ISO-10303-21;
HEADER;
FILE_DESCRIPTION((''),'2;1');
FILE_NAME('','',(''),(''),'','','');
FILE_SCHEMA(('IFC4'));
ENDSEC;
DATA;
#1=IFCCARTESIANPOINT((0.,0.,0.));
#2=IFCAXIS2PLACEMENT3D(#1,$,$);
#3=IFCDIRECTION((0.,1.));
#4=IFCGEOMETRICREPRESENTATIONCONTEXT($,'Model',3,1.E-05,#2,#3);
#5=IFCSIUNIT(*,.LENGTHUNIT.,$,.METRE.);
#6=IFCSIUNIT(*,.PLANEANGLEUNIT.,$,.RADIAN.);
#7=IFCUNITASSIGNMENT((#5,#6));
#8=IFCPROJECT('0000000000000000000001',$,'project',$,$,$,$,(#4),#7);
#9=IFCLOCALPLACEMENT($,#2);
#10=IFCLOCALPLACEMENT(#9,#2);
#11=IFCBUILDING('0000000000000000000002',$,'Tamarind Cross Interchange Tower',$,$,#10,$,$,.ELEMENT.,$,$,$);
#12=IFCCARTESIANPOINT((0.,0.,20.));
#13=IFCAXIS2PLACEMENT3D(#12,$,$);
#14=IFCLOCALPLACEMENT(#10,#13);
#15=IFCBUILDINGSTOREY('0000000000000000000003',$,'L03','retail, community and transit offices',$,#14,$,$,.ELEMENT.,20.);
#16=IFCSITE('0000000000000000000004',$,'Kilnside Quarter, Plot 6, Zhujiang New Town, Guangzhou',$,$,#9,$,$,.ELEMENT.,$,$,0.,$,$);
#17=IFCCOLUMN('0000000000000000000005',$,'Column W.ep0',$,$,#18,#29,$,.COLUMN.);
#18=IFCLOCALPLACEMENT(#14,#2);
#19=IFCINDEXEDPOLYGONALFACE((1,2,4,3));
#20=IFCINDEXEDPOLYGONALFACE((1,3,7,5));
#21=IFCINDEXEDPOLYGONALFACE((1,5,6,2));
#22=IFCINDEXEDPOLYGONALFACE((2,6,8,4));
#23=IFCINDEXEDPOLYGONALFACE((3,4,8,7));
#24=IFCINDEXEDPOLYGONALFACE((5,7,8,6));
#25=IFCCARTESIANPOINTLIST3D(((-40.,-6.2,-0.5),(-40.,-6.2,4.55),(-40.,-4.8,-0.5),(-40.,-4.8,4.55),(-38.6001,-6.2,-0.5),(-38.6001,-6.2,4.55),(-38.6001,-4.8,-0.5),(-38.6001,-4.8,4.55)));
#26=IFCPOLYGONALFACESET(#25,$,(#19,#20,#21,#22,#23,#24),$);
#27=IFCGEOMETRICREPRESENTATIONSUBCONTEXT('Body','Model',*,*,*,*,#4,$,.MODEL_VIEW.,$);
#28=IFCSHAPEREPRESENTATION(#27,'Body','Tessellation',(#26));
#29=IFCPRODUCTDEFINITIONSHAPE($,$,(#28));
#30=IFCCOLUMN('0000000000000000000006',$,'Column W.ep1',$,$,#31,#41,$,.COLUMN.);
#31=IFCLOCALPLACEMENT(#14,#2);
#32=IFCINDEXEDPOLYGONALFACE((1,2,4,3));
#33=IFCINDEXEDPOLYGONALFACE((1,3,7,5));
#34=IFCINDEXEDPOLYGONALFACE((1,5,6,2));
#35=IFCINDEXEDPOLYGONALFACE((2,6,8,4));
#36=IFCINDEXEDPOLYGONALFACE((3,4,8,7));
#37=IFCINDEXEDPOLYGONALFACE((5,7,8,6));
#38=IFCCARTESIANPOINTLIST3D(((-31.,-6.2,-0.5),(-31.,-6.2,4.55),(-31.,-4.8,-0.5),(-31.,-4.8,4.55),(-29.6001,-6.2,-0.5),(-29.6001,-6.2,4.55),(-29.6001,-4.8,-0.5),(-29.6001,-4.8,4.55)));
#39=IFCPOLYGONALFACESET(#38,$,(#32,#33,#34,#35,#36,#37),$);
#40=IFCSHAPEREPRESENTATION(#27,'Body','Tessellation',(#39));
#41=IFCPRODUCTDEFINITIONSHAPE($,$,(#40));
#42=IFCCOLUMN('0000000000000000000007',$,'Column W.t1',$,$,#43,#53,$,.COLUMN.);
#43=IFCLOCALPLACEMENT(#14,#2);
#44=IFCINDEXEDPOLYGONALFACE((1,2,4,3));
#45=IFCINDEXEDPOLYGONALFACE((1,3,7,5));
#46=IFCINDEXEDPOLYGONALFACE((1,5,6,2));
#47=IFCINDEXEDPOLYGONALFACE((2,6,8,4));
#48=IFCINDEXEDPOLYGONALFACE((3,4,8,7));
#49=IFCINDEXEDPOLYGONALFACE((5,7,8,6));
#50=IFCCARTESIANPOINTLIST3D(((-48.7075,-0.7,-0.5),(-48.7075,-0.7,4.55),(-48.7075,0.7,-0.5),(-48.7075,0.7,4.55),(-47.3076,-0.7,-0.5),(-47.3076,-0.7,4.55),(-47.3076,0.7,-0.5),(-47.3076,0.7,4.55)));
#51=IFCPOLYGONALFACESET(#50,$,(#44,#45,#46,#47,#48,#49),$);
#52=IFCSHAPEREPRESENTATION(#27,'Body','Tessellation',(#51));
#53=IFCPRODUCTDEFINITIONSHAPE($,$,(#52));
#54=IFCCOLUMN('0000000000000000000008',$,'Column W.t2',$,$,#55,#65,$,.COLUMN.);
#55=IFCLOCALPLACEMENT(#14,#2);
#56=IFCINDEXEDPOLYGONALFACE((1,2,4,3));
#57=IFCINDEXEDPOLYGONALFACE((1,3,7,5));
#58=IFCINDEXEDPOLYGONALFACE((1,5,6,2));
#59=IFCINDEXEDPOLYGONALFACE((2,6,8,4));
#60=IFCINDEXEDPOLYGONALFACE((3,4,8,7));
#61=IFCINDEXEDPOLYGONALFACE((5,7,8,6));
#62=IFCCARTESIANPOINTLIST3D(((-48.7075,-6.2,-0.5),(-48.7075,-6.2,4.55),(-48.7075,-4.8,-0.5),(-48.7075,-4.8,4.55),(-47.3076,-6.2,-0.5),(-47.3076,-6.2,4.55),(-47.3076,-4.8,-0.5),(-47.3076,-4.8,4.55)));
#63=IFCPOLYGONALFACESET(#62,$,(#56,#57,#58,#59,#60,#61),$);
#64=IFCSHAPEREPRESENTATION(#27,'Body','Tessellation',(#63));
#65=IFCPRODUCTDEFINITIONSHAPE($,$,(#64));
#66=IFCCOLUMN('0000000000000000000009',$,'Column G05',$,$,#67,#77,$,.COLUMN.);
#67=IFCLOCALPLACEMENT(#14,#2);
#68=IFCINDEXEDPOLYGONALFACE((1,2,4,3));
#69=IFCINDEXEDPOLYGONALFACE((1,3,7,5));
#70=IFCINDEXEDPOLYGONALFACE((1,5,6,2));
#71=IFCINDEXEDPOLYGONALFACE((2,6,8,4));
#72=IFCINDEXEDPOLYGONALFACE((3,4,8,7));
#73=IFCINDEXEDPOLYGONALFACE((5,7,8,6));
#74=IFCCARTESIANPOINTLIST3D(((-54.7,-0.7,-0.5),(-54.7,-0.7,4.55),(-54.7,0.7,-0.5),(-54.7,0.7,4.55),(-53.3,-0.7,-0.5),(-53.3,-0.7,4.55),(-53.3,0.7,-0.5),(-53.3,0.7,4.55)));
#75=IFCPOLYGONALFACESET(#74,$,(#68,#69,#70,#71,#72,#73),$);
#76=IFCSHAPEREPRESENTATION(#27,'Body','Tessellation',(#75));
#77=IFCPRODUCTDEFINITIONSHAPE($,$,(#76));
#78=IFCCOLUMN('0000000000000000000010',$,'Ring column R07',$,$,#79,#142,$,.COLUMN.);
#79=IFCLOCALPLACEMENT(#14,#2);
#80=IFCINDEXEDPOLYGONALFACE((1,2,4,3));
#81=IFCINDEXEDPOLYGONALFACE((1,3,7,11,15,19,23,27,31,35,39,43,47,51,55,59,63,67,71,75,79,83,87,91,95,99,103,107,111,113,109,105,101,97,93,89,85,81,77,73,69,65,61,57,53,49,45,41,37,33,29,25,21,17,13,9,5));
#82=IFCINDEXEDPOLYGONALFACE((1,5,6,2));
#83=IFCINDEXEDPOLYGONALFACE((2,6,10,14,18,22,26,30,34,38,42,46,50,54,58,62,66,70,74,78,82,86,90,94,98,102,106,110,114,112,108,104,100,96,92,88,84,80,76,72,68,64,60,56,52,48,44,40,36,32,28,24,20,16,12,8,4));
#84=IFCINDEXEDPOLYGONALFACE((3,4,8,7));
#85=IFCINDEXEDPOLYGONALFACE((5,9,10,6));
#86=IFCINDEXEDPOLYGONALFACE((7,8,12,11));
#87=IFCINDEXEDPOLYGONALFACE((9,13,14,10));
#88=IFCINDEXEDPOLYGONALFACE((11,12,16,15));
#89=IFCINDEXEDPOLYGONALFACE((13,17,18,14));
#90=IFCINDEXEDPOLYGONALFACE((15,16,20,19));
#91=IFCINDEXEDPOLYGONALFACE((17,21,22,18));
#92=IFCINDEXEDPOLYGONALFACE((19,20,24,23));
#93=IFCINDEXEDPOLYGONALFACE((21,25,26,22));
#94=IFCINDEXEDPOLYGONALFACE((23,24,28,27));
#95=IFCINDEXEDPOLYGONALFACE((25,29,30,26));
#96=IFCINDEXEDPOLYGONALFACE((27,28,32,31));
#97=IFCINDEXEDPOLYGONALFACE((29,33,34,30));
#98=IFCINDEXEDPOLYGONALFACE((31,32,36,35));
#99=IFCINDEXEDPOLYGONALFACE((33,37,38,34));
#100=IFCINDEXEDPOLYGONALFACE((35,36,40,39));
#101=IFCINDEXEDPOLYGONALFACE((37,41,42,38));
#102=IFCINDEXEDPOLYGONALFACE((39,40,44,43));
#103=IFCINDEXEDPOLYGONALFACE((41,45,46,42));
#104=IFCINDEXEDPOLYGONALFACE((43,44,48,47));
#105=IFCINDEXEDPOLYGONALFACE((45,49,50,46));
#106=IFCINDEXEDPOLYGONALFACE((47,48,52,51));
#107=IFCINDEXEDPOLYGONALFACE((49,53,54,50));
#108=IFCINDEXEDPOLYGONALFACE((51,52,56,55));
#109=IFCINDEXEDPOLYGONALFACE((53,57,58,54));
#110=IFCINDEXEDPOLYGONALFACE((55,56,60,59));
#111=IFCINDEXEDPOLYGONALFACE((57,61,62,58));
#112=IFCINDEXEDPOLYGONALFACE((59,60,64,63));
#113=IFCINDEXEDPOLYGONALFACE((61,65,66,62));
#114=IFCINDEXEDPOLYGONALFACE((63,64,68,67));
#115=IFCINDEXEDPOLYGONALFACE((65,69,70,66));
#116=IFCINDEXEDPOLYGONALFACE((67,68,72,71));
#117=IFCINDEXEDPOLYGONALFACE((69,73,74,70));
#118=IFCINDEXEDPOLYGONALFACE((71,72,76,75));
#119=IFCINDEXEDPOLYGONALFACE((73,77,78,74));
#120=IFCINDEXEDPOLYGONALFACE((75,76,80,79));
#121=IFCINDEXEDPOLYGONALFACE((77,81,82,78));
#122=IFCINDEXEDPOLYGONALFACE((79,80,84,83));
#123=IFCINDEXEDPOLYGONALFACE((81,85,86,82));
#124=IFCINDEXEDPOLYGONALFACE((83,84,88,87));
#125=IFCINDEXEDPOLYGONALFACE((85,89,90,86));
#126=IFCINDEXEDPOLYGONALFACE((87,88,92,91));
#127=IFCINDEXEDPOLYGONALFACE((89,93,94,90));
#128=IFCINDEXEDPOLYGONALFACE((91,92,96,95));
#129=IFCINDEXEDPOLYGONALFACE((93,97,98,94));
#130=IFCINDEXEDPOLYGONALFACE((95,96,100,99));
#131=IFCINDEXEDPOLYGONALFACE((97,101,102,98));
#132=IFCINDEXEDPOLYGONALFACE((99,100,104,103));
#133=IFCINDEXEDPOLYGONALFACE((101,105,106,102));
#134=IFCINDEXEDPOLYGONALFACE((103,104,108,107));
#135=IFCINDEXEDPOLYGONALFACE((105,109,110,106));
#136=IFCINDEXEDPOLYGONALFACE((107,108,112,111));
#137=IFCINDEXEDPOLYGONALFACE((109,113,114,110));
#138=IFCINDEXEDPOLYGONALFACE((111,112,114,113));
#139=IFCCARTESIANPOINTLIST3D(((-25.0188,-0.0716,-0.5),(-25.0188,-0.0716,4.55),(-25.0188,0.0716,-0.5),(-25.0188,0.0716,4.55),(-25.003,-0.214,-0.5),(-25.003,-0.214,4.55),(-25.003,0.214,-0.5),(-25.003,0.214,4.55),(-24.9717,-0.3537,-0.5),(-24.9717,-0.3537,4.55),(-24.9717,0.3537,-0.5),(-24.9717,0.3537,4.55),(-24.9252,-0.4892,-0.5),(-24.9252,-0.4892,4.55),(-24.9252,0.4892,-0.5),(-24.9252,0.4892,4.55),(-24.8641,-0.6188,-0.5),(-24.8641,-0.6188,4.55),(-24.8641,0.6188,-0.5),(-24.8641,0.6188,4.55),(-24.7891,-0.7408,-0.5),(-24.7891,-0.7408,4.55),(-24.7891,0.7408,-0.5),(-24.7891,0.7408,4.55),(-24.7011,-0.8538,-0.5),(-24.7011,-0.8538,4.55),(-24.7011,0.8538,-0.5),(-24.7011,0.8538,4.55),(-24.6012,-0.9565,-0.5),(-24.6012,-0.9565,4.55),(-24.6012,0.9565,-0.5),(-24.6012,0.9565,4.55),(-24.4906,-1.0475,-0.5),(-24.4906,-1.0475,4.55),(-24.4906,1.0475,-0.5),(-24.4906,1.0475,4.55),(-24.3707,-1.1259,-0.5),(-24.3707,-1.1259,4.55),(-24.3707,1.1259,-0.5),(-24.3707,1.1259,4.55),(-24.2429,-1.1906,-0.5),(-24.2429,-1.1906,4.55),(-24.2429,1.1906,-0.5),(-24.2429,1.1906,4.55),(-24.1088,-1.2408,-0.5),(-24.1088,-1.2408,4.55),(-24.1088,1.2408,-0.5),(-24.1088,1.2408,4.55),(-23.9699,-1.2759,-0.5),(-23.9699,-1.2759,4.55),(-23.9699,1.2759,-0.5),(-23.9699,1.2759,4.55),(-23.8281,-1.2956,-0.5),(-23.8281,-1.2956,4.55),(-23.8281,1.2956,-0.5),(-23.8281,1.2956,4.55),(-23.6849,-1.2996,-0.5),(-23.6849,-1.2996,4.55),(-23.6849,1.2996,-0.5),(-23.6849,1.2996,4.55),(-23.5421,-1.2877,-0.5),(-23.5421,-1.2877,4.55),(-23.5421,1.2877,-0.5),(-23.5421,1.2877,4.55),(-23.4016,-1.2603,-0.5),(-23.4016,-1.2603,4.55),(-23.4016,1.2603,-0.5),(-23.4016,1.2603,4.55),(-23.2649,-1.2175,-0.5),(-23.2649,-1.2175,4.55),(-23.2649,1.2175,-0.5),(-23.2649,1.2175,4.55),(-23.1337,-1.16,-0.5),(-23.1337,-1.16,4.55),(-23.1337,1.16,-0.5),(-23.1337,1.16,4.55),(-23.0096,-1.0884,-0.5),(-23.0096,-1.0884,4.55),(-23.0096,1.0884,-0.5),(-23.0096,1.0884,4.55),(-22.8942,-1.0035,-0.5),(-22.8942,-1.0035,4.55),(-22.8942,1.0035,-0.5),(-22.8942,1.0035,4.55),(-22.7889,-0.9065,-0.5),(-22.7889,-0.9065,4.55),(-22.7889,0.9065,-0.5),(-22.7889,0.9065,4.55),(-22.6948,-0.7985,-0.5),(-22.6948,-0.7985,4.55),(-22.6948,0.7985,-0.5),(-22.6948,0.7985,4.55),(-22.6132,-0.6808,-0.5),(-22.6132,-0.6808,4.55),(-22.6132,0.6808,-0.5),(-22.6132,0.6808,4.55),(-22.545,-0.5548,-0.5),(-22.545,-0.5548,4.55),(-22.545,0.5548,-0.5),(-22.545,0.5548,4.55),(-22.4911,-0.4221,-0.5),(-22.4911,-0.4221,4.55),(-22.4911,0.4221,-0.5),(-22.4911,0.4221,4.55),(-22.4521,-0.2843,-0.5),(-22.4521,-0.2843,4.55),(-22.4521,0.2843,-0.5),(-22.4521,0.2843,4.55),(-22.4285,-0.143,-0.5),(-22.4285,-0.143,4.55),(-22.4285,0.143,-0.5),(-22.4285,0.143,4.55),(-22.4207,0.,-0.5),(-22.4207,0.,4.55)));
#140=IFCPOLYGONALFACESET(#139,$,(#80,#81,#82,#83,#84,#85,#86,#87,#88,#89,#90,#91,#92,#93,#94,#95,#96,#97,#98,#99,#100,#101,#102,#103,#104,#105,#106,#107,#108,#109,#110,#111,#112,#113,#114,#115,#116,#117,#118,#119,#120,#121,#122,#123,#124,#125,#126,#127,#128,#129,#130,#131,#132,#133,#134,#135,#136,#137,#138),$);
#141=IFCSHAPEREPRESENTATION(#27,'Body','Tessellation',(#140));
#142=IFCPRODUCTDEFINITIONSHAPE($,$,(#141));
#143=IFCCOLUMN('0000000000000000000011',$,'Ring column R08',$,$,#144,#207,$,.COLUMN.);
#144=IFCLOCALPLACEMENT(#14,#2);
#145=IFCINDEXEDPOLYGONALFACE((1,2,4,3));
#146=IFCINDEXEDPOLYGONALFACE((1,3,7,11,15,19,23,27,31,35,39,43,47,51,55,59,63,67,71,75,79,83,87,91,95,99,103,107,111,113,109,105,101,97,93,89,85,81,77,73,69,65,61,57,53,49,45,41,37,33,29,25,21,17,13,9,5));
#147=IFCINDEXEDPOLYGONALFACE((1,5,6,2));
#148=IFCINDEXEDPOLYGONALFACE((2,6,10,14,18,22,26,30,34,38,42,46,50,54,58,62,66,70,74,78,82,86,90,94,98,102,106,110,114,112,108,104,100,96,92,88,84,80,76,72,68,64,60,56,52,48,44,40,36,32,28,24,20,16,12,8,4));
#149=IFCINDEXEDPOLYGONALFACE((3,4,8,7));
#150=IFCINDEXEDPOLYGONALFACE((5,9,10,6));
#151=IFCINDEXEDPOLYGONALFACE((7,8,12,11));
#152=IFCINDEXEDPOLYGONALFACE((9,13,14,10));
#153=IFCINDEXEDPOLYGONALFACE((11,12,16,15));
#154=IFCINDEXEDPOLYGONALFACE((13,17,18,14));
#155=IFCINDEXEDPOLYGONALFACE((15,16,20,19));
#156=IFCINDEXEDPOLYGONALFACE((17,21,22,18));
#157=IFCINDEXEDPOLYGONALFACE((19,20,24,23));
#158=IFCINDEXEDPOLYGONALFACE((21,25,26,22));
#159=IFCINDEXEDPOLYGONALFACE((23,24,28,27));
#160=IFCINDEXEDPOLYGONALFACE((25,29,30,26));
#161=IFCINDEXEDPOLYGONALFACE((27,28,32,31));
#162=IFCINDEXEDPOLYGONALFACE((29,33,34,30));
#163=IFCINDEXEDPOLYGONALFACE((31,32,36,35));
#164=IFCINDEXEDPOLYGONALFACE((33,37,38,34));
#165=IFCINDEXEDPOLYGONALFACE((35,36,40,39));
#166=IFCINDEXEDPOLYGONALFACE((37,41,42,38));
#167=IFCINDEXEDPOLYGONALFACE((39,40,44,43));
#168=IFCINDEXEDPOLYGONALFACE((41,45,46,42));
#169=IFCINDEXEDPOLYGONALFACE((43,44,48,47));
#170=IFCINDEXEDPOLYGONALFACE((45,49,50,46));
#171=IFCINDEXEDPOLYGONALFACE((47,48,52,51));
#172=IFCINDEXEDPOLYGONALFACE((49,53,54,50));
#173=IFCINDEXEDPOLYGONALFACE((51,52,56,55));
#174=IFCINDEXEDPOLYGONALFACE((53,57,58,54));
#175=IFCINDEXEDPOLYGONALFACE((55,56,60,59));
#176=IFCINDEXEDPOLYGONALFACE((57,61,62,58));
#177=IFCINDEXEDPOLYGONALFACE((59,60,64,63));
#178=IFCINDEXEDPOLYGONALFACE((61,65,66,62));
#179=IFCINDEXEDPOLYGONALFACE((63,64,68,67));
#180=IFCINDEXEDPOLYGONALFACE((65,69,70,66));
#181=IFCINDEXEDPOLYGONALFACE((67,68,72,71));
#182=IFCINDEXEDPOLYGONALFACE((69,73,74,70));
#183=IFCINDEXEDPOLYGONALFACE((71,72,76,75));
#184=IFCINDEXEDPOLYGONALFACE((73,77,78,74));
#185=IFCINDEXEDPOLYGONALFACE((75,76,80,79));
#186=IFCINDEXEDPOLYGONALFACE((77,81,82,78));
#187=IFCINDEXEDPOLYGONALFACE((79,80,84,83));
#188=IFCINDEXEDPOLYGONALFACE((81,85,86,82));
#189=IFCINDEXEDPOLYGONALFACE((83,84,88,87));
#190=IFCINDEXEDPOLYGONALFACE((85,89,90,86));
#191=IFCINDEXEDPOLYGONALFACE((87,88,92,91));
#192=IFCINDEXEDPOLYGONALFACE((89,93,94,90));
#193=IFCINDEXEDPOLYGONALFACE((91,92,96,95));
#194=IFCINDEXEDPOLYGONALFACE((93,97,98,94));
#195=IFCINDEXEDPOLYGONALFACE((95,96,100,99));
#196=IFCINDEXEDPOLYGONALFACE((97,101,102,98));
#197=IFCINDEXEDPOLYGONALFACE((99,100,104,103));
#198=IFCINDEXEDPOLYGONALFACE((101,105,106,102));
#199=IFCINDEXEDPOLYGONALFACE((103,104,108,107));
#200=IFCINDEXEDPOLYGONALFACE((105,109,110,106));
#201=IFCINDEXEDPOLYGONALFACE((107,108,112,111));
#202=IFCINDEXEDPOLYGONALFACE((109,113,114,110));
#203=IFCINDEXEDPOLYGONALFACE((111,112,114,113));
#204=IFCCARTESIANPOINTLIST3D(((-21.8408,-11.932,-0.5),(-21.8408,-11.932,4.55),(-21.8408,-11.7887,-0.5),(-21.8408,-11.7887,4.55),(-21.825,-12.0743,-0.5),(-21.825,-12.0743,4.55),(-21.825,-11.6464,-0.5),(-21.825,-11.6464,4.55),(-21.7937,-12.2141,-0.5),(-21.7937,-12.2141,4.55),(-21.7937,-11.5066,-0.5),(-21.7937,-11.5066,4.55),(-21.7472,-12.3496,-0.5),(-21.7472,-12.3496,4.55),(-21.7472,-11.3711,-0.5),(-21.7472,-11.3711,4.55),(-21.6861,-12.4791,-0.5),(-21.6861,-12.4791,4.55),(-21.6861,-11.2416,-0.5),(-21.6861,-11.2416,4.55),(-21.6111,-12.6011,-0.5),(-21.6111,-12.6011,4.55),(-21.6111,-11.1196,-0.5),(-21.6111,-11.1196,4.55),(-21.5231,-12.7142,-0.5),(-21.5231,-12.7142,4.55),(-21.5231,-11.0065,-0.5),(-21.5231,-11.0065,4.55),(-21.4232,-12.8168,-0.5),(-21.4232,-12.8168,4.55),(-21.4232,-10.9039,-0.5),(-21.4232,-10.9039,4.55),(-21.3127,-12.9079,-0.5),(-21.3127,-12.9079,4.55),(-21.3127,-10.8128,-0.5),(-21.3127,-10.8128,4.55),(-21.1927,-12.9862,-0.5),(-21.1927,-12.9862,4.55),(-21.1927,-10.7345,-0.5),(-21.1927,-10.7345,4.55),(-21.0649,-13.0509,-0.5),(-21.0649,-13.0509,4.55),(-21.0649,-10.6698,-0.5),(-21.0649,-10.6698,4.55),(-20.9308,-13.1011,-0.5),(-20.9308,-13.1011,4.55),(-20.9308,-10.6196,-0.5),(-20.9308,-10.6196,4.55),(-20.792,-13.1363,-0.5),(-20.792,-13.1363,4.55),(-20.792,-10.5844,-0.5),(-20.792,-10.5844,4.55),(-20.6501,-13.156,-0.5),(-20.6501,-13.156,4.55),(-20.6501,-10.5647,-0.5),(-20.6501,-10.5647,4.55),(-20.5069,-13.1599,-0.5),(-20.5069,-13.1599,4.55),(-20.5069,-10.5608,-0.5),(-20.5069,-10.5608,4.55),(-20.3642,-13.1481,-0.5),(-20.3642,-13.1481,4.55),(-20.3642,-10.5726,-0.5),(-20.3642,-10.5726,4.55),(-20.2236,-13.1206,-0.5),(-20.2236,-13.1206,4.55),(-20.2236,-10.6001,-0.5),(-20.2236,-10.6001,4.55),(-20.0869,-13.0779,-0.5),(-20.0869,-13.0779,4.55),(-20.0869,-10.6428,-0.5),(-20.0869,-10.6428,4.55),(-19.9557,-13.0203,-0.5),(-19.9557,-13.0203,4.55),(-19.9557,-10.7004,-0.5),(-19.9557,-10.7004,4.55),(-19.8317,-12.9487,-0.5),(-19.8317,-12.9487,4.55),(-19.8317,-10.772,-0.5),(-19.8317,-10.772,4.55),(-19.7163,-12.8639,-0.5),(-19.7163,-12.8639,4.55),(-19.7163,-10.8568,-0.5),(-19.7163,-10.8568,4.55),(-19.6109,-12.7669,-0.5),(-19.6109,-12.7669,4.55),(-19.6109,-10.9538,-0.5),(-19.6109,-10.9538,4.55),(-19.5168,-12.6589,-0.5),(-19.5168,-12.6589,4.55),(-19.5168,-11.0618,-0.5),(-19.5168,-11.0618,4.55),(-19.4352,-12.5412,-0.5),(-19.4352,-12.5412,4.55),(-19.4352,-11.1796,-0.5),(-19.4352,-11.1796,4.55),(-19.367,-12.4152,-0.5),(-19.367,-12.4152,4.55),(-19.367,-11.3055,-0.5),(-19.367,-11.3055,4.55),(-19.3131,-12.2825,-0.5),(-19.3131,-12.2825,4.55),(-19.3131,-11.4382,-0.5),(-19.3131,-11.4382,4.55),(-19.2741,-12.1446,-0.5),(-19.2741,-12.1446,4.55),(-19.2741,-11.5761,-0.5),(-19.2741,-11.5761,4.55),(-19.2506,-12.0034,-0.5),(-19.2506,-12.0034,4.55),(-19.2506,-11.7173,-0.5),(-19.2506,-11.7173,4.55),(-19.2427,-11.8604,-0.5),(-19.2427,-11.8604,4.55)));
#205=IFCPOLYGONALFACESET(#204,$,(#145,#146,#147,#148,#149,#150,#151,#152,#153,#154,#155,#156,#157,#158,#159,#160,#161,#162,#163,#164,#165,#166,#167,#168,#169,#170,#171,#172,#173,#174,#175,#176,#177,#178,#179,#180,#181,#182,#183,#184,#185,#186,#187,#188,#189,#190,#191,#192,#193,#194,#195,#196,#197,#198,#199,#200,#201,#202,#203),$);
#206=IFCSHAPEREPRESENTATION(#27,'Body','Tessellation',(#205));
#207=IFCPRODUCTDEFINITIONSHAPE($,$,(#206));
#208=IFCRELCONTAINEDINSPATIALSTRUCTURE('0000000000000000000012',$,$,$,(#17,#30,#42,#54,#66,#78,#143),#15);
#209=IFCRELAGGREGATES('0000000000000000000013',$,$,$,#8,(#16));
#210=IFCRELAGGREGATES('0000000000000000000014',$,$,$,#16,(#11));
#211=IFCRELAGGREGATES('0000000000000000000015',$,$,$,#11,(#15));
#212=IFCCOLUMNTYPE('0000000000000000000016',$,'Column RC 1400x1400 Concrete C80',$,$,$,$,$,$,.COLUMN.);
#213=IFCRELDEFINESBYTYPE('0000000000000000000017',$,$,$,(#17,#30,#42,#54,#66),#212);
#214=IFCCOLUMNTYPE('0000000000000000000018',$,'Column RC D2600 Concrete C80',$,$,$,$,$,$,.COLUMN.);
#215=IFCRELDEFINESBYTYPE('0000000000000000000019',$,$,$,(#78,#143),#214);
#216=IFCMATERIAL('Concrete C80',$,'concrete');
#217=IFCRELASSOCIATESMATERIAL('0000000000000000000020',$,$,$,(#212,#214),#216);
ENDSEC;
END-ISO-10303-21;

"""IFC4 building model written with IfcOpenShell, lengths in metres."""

from ifc_helpers import new_model, si_unit, direction, frame, origin, origin_2d, place, context, subcontext, project, spatial, rectangle, circle, extrude, material, material_profile, profile_set, type_object, element, save


model = new_model("IFC4")

# Units and contexts
model_context = context("Model", 3, precision=1e-05, world=origin(), true_north=direction((0.0, 1.0)))
body_context = subcontext(model_context, "Body", "Model", "MODEL_VIEW")
ifc_project = project(units=[si_unit("LENGTHUNIT", "METRE"), si_unit("PLANEANGLEUNIT", "RADIAN")], contexts=[model_context])

# Site, building, storey
site_placement = place(None, origin())
site = spatial("IfcSite", under=ifc_project, at=site_placement, Name="Kilnside Quarter, Plot 6, Zhujiang New Town, Guangzhou", CompositionType="ELEMENT", RefElevation=0.0)
building_placement = place(site_placement, origin())
building = spatial("IfcBuilding", under=site, at=building_placement, Name="Tamarind Cross Interchange Tower", CompositionType="ELEMENT")
storey_placement = place(building_placement, frame((0.0, 0.0, 20.0)))
storey = spatial("IfcBuildingStorey", under=building, at=storey_placement, Name="L03", Description="retail, community and transit offices", CompositionType="ELEMENT", Elevation=20.0)

# Columns
ifc_material_1 = material(Name="Concrete C80", Category="concrete")
ifc_material_profile_1 = material_profile(ifc_material_1, rectangle(XDim=1.3999, YDim=1.3999, at=origin_2d()), Name="RC 1400x1400")
ifc_profile_set_1 = profile_set([ifc_material_profile_1], Name="Concrete C80")
column_type_1 = type_object("IfcColumnType", Name="Column RC 1400x1400 Concrete C80", PredefinedType="COLUMN", material=ifc_profile_set_1)
for number, where, z_axis, x_axis, name in (
    (1, (-39.3, -5.5, -0.5), (0.0, 0.0, 1.0), (1.0, 0.0, 0.0), "Column W.ep0"),
    (2, (-30.3, -5.5, -0.5), (0.0, 0.0, 1.0), (1.0, 0.0, 0.0), "Column W.ep1"),
    (3, (-48.0076, 0.0, -0.5), (0.0, 0.0, 1.0), (1.0, 0.0, 0.0), "Column W.t1"),
    (4, (-48.0076, -5.5, -0.5), (0.0, 0.0, 1.0), (1.0, 0.0, 0.0), "Column W.t2"),
    (5, (-54.0, 0.0, -0.5), (0.0, 0.0, 1.0), (1.0, 0.0, 0.0), "Column G05"),
):
    element("IfcColumn", number, at=place(storey_placement, frame(where, z_axis=z_axis, x_axis=x_axis)), inside=storey, type_object=column_type_1, Name=name, PredefinedType="COLUMN", context=body_context, shape_type="SweptSolid", body=[
        extrude(rectangle(XDim=1.3999, YDim=1.3999, at=origin_2d()), origin(), (0.0, 0.0, 1.0), 5.05),
    ])
ifc_material_profile_2 = material_profile(ifc_material_1, circle(Radius=1.3, at=origin_2d()), Name="RC D2600")
ifc_profile_set_2 = profile_set([ifc_material_profile_2], Name="Concrete C80")
column_type_2 = type_object("IfcColumnType", Name="Column RC D2600 Concrete C80", PredefinedType="COLUMN", material=ifc_profile_set_2)
for number, where, z_axis, x_axis, name in (
    (6, (-23.7207, 0.0, -0.5), (0.0, 0.0, 1.0), (1.0, 0.0, 0.0), "Ring column R07"),
    (7, (-20.5427, -11.8604, -0.5), (0.0, 0.0, 1.0), (1.0, 0.0, 0.0), "Ring column R08"),
):
    element("IfcColumn", number, at=place(storey_placement, frame(where, z_axis=z_axis, x_axis=x_axis)), inside=storey, type_object=column_type_2, Name=name, PredefinedType="COLUMN", context=body_context, shape_type="SweptSolid", body=[
        extrude(circle(Radius=1.3, at=origin_2d()), origin(), (0.0, 0.0, 1.0), 5.05),
    ])

save(model, "model.ifc")
